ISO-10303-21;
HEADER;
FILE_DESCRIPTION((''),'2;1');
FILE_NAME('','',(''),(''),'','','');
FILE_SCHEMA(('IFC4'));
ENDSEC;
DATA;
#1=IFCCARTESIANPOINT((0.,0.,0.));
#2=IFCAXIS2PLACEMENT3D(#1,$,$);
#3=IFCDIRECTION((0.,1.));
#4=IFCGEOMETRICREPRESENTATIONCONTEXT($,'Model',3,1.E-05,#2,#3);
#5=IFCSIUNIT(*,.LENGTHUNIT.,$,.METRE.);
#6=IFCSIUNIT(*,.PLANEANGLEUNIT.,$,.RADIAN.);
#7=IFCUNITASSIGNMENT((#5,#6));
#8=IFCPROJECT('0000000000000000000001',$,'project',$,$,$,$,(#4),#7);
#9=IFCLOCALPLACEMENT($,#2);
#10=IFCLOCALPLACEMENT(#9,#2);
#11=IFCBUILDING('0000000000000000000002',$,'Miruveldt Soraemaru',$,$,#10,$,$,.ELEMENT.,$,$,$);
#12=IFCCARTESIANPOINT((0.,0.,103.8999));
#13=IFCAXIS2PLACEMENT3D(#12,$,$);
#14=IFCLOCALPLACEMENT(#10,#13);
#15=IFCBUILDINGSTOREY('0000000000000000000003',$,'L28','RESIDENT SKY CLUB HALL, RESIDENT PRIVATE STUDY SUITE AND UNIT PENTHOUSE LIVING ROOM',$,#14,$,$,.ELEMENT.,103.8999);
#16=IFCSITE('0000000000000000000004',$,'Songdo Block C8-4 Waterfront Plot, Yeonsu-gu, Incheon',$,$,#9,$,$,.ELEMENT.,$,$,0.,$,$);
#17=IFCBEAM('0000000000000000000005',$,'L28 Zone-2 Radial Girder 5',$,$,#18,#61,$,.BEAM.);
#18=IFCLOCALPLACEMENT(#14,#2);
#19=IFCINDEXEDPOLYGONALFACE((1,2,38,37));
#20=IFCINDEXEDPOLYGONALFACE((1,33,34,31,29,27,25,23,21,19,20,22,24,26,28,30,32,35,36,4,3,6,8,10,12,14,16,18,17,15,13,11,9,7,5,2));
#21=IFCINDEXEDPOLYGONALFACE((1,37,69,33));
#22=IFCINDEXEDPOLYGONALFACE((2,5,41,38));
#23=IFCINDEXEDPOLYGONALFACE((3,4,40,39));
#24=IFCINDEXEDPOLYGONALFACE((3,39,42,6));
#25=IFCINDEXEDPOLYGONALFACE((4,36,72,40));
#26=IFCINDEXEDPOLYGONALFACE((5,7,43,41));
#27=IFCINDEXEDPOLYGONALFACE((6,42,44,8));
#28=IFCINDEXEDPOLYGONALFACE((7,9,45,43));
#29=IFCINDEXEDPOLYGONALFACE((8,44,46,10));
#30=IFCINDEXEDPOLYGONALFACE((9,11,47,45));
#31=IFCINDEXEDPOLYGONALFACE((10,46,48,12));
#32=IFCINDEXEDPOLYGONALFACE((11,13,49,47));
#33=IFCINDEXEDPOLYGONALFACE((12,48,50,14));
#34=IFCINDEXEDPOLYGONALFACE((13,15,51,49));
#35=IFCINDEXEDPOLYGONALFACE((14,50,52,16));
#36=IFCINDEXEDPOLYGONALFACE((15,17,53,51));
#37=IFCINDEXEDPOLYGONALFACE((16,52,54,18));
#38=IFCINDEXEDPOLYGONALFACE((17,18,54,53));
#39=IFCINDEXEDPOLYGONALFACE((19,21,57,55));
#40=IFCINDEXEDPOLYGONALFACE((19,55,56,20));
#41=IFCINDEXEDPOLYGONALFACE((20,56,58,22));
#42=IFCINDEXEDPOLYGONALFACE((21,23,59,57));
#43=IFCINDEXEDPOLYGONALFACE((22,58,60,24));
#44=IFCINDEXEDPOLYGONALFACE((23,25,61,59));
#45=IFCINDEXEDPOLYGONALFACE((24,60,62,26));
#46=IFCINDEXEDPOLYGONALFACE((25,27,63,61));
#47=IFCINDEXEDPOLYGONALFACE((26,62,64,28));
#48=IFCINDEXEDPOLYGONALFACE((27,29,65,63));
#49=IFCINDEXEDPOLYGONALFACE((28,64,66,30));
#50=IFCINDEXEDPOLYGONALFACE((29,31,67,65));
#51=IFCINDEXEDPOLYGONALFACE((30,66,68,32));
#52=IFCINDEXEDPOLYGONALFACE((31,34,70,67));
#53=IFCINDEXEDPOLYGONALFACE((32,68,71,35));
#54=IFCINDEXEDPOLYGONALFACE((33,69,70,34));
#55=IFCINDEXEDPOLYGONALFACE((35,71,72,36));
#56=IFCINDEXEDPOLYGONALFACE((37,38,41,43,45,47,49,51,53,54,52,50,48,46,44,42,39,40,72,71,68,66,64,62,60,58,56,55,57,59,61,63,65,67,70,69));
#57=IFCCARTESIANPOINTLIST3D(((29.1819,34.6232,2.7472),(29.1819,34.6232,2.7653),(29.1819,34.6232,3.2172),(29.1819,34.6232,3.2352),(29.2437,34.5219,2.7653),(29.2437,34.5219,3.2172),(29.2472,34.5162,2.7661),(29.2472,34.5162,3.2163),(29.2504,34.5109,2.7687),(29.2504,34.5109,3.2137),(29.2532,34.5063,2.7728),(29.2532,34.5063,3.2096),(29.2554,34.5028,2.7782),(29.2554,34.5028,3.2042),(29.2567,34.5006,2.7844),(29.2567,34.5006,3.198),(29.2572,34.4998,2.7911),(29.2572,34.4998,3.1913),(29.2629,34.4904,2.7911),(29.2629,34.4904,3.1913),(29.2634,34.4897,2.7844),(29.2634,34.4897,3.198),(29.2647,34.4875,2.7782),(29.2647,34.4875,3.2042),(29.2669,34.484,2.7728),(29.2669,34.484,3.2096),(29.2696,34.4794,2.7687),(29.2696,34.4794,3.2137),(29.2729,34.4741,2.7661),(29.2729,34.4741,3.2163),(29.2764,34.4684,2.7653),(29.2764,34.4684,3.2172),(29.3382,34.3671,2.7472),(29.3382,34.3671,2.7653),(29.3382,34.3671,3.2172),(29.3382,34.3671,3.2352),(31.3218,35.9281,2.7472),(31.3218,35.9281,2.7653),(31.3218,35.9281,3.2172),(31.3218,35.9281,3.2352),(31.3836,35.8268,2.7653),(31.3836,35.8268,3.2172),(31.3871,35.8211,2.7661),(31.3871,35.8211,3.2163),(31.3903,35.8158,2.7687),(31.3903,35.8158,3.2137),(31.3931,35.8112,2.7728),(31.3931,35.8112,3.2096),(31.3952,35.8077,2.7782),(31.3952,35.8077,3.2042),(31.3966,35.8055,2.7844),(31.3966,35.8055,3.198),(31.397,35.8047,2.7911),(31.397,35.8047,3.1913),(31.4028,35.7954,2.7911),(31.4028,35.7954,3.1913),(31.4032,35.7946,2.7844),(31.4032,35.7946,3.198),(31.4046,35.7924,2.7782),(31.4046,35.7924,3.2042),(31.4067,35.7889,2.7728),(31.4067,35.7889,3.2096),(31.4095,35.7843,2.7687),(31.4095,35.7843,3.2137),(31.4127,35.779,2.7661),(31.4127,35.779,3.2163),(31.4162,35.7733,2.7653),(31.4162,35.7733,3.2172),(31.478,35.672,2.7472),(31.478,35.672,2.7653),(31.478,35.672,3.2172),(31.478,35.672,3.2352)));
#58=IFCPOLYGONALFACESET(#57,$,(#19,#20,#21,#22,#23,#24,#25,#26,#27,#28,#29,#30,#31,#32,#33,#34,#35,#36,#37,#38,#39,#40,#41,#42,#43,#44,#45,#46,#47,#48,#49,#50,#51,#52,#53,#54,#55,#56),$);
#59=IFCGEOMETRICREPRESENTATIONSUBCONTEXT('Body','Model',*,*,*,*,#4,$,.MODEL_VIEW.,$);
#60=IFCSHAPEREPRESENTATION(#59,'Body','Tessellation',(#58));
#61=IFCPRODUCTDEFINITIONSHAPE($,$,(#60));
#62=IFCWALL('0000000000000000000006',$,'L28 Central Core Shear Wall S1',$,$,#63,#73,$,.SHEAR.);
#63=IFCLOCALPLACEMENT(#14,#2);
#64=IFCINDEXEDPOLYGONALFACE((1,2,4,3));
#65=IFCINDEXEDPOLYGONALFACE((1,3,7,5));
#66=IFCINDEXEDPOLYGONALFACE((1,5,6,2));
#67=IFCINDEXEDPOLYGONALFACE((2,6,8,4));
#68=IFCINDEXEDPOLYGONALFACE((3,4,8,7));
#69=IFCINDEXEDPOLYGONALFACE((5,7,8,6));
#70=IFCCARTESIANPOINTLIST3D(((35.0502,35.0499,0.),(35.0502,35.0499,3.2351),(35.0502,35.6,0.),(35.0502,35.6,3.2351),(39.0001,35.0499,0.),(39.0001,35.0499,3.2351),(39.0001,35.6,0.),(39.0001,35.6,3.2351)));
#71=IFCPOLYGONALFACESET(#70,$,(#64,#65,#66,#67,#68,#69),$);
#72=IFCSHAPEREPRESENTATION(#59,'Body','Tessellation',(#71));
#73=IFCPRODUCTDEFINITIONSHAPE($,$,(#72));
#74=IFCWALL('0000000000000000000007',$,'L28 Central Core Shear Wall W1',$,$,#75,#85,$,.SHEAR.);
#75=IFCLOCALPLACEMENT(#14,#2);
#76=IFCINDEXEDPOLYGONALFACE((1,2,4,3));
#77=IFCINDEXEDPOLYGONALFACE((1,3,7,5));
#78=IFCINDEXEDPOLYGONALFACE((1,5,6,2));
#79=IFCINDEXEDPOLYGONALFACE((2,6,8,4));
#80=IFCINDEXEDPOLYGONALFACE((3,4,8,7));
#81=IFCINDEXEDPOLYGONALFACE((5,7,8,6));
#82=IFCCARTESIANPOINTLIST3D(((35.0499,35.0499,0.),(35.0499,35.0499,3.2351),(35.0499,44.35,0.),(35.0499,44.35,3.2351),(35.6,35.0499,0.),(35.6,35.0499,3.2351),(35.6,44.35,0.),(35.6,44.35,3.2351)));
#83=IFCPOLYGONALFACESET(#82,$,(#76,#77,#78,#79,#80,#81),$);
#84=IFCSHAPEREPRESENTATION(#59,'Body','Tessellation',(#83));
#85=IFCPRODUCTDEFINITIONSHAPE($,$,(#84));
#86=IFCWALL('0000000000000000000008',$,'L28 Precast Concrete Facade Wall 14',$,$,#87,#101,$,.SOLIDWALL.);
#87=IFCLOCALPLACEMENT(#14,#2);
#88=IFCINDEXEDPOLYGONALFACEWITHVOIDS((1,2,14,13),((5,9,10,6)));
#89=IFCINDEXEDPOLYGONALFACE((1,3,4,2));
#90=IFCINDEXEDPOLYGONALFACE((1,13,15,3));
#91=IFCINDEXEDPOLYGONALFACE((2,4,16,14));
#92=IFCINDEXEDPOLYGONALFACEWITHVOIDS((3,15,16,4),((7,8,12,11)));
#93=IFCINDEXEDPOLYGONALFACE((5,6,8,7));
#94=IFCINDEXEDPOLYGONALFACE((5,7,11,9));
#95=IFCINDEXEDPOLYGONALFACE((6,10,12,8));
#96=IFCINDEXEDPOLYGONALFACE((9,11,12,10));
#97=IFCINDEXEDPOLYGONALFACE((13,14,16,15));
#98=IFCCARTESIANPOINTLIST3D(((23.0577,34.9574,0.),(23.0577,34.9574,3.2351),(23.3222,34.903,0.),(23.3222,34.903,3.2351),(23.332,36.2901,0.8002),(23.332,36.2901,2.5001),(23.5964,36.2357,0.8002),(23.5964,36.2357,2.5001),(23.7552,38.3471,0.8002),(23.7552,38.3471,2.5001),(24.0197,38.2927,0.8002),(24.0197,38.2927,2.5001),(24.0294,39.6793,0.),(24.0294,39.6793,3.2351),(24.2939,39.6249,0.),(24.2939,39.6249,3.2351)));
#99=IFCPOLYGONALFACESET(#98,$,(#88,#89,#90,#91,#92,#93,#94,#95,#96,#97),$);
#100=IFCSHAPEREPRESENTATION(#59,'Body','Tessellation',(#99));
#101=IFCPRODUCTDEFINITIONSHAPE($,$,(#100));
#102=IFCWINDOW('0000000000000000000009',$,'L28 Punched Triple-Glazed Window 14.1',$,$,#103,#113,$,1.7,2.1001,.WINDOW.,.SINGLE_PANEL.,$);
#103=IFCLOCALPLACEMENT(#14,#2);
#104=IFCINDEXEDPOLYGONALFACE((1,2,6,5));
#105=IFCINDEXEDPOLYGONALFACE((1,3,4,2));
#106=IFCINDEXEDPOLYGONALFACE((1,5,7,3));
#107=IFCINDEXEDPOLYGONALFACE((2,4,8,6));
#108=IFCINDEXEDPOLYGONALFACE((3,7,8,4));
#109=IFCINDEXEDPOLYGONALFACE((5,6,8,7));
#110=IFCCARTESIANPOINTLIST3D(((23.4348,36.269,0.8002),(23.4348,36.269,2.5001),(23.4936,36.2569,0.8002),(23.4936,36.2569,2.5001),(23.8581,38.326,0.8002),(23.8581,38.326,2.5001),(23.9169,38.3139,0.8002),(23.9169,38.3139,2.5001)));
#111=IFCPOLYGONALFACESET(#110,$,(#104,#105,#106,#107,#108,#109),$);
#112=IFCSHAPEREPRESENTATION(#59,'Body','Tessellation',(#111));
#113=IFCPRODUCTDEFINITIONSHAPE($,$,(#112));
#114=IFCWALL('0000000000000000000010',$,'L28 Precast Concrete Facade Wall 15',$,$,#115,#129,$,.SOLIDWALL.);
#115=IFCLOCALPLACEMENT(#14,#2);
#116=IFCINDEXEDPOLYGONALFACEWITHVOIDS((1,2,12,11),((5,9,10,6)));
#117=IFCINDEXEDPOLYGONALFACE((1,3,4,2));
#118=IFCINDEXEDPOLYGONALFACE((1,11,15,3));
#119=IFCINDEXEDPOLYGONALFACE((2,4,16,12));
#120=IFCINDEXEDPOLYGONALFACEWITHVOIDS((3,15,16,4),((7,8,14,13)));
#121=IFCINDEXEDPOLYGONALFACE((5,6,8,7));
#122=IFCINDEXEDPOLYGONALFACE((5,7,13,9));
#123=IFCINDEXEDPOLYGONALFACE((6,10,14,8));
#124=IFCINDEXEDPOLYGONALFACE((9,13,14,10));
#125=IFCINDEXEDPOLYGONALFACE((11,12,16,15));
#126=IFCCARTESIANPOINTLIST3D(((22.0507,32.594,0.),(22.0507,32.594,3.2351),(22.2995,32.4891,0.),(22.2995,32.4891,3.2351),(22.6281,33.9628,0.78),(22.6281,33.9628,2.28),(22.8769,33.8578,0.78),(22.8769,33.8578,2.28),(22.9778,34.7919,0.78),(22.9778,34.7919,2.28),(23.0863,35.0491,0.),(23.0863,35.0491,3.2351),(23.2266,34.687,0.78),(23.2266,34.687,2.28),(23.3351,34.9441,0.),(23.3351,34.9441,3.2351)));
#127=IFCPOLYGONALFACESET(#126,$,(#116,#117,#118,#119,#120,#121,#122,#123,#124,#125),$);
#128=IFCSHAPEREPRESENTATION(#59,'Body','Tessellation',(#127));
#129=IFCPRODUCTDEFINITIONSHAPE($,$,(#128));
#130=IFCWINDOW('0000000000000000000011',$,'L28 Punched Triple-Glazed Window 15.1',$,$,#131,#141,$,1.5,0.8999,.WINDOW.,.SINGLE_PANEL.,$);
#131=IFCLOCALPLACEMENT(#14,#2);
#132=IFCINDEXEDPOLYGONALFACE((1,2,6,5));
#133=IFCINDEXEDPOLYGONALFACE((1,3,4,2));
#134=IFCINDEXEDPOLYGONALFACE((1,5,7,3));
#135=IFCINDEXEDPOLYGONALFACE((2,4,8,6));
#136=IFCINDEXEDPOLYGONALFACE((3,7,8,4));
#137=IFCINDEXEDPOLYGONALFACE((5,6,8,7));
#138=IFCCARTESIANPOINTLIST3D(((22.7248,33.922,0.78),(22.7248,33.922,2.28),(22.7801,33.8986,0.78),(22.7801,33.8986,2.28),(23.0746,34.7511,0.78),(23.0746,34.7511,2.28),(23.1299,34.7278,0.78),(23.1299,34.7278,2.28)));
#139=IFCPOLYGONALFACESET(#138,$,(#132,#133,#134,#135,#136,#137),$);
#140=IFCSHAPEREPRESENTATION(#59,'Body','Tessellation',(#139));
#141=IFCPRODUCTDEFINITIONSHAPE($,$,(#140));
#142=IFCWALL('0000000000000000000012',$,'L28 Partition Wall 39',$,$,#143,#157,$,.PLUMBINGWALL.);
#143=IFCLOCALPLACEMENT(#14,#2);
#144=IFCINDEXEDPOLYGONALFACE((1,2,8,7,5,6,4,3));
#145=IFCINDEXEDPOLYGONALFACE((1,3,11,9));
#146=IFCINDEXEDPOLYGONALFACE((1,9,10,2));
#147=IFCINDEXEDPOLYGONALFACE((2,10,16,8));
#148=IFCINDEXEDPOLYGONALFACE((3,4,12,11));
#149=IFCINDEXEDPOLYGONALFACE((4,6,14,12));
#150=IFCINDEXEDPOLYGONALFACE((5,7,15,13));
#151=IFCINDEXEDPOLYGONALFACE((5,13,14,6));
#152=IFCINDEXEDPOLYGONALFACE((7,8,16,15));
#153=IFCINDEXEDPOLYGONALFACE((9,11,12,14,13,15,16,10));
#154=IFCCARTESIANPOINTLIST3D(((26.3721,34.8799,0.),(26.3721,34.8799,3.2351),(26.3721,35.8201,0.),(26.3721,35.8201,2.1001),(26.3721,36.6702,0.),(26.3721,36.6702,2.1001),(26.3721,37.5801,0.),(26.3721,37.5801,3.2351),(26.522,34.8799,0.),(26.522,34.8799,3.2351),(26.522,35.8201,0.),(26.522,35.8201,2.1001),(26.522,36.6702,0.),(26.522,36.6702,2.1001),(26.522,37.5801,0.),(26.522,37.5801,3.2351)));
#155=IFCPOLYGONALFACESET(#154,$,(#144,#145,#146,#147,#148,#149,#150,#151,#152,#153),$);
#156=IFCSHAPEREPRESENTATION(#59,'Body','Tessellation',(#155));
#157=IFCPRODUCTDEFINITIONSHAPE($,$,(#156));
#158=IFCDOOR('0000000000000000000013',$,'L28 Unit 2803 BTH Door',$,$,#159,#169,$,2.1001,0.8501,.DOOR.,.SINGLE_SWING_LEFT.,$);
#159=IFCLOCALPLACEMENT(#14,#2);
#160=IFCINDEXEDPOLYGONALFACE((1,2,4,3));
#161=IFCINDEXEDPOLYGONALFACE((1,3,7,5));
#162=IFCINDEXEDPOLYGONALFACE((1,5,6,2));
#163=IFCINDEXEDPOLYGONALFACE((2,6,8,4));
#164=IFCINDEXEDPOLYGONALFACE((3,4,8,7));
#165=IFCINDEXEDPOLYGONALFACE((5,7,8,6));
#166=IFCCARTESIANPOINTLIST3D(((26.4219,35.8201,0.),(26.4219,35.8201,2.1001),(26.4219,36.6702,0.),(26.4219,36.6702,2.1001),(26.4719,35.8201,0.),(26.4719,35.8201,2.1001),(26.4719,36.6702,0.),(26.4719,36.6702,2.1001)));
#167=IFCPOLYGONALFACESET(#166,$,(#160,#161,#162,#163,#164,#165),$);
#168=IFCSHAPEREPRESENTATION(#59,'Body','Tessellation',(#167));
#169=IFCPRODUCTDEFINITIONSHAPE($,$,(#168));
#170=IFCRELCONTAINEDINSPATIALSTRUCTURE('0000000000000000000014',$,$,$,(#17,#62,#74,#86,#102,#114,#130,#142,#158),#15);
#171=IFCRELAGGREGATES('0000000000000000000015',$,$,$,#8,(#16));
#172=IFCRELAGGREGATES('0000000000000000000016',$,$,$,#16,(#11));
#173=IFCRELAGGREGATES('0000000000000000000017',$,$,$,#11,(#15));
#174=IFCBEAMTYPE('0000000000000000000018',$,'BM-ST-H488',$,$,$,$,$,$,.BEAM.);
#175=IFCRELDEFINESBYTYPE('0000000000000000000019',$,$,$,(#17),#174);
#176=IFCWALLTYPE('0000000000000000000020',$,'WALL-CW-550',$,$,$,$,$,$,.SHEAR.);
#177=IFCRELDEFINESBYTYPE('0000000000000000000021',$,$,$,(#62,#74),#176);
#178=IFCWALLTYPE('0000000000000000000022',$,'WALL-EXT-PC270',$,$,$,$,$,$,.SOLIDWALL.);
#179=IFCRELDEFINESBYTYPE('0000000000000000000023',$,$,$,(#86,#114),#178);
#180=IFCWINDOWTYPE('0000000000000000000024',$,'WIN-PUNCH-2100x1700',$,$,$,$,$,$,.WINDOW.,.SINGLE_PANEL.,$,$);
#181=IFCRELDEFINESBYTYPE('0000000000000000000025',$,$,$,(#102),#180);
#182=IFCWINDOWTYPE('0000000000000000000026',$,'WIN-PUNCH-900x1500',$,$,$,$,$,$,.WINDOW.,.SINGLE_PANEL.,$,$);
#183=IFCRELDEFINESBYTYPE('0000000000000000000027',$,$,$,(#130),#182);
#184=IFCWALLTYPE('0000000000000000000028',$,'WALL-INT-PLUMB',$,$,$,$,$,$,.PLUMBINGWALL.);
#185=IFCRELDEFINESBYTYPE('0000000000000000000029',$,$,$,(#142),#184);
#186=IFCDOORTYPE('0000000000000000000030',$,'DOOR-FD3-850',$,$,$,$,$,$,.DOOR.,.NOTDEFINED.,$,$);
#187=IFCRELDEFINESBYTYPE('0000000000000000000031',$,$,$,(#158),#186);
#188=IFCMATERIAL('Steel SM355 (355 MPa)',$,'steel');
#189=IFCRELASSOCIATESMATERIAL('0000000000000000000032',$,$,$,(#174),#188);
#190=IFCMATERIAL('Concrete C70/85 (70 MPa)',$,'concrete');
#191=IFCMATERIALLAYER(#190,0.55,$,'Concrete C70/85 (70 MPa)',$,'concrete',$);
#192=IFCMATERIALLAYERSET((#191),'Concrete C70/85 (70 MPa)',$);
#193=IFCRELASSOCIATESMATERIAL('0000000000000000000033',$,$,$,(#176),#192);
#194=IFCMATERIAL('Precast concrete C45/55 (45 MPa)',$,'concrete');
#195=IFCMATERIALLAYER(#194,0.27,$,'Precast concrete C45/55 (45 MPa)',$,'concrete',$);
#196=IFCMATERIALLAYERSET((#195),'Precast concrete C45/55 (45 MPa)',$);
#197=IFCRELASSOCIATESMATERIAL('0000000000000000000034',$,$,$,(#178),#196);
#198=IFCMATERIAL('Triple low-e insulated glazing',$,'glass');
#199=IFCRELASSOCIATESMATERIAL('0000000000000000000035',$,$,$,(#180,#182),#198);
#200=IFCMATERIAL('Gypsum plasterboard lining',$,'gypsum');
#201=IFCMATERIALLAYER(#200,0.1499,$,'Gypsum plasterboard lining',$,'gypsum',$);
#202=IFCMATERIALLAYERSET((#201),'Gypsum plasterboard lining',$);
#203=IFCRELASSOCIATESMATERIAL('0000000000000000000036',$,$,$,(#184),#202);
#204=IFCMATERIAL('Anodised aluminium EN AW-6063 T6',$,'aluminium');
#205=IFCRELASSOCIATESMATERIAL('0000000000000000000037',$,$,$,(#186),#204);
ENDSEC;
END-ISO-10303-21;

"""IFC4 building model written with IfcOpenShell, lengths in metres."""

from ifc_helpers import new_model, si_unit, direction, frame, frame_2d, origin, origin_2d, place, context, subcontext, project, spatial, rectangle, i_section, extrude, material, layer, layer_set, material_profile, profile_set, type_object, element, fill, save


model = new_model("IFC4")

# Units and contexts
model_context = context("Model", 3, precision=1e-05, world=origin(), true_north=direction((0.0, 1.0)))
body_context = subcontext(model_context, "Body", "Model", "MODEL_VIEW")
ifc_project = project(units=[si_unit("LENGTHUNIT", "METRE"), si_unit("PLANEANGLEUNIT", "RADIAN")], contexts=[model_context])

# Site, building, storey
site_placement = place(None, origin())
site = spatial("IfcSite", under=ifc_project, at=site_placement, Name="Songdo Block C8-4 Waterfront Plot, Yeonsu-gu, Incheon", CompositionType="ELEMENT", RefElevation=0.0)
building_placement = place(site_placement, origin())
building = spatial("IfcBuilding", under=site, at=building_placement, Name="Miruveldt Soraemaru", CompositionType="ELEMENT")
storey_placement = place(building_placement, frame((0.0, 0.0, 103.8999)))
storey = spatial("IfcBuildingStorey", under=building, at=storey_placement, Name="L28", Description="RESIDENT SKY CLUB HALL, RESIDENT PRIVATE STUDY SUITE AND UNIT PENTHOUSE LIVING ROOM", CompositionType="ELEMENT", Elevation=103.8999)

# Shared definitions
ifc_material_1 = material(Name="Concrete C70/85 (70 MPa)", Category="concrete")

# Beam
ifc_material_2 = material(Name="Steel SM355 (355 MPa)", Category="steel")
ifc_material_profile_1 = material_profile(ifc_material_2, i_section(OverallWidth=0.3, OverallDepth=0.488, WebThickness=0.011, FlangeThickness=0.0181, FilletRadius=0.0259, at=origin_2d()), Name="Steel SM355 (355 MPa)", Category="steel")
ifc_profile_set_1 = profile_set([ifc_material_profile_1], Name="Steel SM355 (355 MPa)")
beam_type_1 = type_object("IfcBeamType", Name="BM-ST-H488", PredefinedType="BEAM", material=ifc_profile_set_1)
beam_1_placement = place(storey_placement, frame((31.3999, 35.8, 2.9912), z_axis=(-0.853775, -0.520642, 0.0), x_axis=(0.520642, -0.853775, 0.0)))
element("IfcBeam", 1, at=beam_1_placement, inside=storey, type_object=beam_type_1, Name="L28 Zone-2 Radial Girder 5", PredefinedType="BEAM", context=body_context, shape_type="SweptSolid", body=[
    extrude(i_section(OverallWidth=0.3, OverallDepth=0.488, WebThickness=0.011, FlangeThickness=0.0181, FilletRadius=0.0259, at=origin_2d()), origin(), (0.0, 0.0, 1.0), 2.5063),
])

# Walls
ifc_layer_1 = layer(ifc_material_1, 0.55, Name="Concrete C70/85 (70 MPa)", Category="concrete")
ifc_layer_set_1 = layer_set([ifc_layer_1], Name="Concrete C70/85 (70 MPa)")
wall_type_1 = type_object("IfcWallType", Name="WALL-CW-550", PredefinedType="SHEAR", material=ifc_layer_set_1)
wall_1_placement = place(storey_placement, frame((35.05, 35.325, 0.0), z_axis=(0.0, 0.0, 1.0), x_axis=(1.0, 0.0, 0.0)))
element("IfcWall", 2, at=wall_1_placement, inside=storey, type_object=wall_type_1, Name="L28 Central Core Shear Wall S1", PredefinedType="SHEAR", context=body_context, shape_type="SweptSolid", body=[
    extrude(rectangle(XDim=3.95, YDim=0.55, at=frame_2d((1.9751, 0.0))), origin(), (0.0, 0.0, 1.0), 3.2351),
])
wall_2_placement = place(storey_placement, frame((35.325, 35.05, 0.0), z_axis=(0.0, 0.0, 1.0), x_axis=(0.0, 1.0, 0.0)))
element("IfcWall", 3, at=wall_2_placement, inside=storey, type_object=wall_type_1, Name="L28 Central Core Shear Wall W1", PredefinedType="SHEAR", context=body_context, shape_type="SweptSolid", body=[
    extrude(rectangle(XDim=9.3, YDim=0.55, at=frame_2d((4.6499, 0.0))), origin(), (0.0, 0.0, 1.0), 3.2351),
])

# Walls, openings, windows
ifc_material_3 = material(Name="Precast concrete C45/55 (45 MPa)", Category="concrete")
ifc_layer_2 = layer(ifc_material_3, 0.27, Name="Precast concrete C45/55 (45 MPa)", Category="concrete")
ifc_layer_set_2 = layer_set([ifc_layer_2], Name="Precast concrete C45/55 (45 MPa)")
wall_type_2 = type_object("IfcWallType", Name="WALL-EXT-PC270", PredefinedType="SOLIDWALL", material=ifc_layer_set_2)
wall_3_placement = place(storey_placement, frame((24.1616, 39.6521, 0.0), z_axis=(0.0, 0.0, 1.0), x_axis=(-0.201557, -0.979477, 0.0)))
wall_3 = element("IfcWall", 4, at=wall_3_placement, inside=storey, type_object=wall_type_2, Name="L28 Precast Concrete Facade Wall 14", PredefinedType="SOLIDWALL", context=body_context, shape_type="SweptSolid", body=[
    extrude(rectangle(XDim=4.8208, YDim=0.27, at=frame_2d((2.4104, 0.0))), origin(), (0.0, 0.0, 1.0), 3.2351),
])
opening_1_placement = place(wall_3_placement, frame((1.3601, 0.0, 0.8)))
opening_1 = element("IfcOpeningElement", 5, at=opening_1_placement, cuts=wall_3, PredefinedType="OPENING", context=body_context, shape_type="SweptSolid", body=[
    extrude(rectangle(XDim=2.1001, YDim=1.7, at=frame_2d((1.05, 0.8501))), frame((0.0, 0.145, 0.0), z_axis=(0.0, -1.0, 0.0), x_axis=(1.0, 0.0, 0.0)), (0.0, 0.0, 1.0), 0.29),
])
ifc_material_4 = material(Name="Triple low-e insulated glazing", Category="glass")
window_type_1 = type_object("IfcWindowType", Name="WIN-PUNCH-2100x1700", PartitioningType="SINGLE_PANEL", PredefinedType="WINDOW", material=ifc_material_4)
window_1_placement = place(opening_1_placement, origin())
window_1 = element("IfcWindow", 6, at=window_1_placement, inside=storey, type_object=window_type_1, Name="L28 Punched Triple-Glazed Window 14.1", OverallHeight=1.7, OverallWidth=2.1001, PartitioningType="SINGLE_PANEL", PredefinedType="WINDOW", context=body_context, shape_type="SweptSolid", body=[
    extrude(rectangle(XDim=2.1001, YDim=1.7, at=frame_2d((1.05, 0.8501))), frame((0.0, 0.03, 0.0), z_axis=(0.0, -1.0, 0.0), x_axis=(1.0, 0.0, 0.0)), (0.0, 0.0, 1.0), 0.0601),
])
fill(opening_1, window_1)
wall_4_placement = place(storey_placement, frame((23.2107, 34.9966, 0.0), z_axis=(0.0, 0.0, 1.0), x_axis=(-0.388671, -0.921376, 0.0)))
wall_4 = element("IfcWall", 7, at=wall_4_placement, inside=storey, type_object=wall_type_2, Name="L28 Precast Concrete Facade Wall 15", PredefinedType="SOLIDWALL", context=body_context, shape_type="SweptSolid", body=[
    extrude(rectangle(XDim=2.6646, YDim=0.27, at=frame_2d((1.3323, 0.0))), origin(), (0.0, 0.0, 1.0), 3.2351),
])
opening_2_placement = place(wall_4_placement, frame((0.2791, 0.0, 0.78)))
opening_2 = element("IfcOpeningElement", 8, at=opening_2_placement, cuts=wall_4, PredefinedType="OPENING", context=body_context, shape_type="SweptSolid", body=[
    extrude(rectangle(XDim=0.8999, YDim=1.5, at=frame_2d((0.45, 0.75))), frame((0.0, 0.145, 0.0), z_axis=(0.0, -1.0, 0.0), x_axis=(1.0, 0.0, 0.0)), (0.0, 0.0, 1.0), 0.29),
])
window_type_2 = type_object("IfcWindowType", Name="WIN-PUNCH-900x1500", PartitioningType="SINGLE_PANEL", PredefinedType="WINDOW", material=ifc_material_4)
window_2_placement = place(opening_2_placement, origin())
window_2 = element("IfcWindow", 9, at=window_2_placement, inside=storey, type_object=window_type_2, Name="L28 Punched Triple-Glazed Window 15.1", OverallHeight=1.5, OverallWidth=0.8999, PartitioningType="SINGLE_PANEL", PredefinedType="WINDOW", context=body_context, shape_type="SweptSolid", body=[
    extrude(rectangle(XDim=0.8999, YDim=1.5, at=frame_2d((0.45, 0.75))), frame((0.0, 0.03, 0.0), z_axis=(0.0, -1.0, 0.0), x_axis=(1.0, 0.0, 0.0)), (0.0, 0.0, 1.0), 0.0601),
])
fill(opening_2, window_2)

# Wall, opening, door
ifc_material_5 = material(Name="Gypsum plasterboard lining", Category="gypsum")
ifc_layer_3 = layer(ifc_material_5, 0.1499, Name="Gypsum plasterboard lining", Category="gypsum")
ifc_layer_set_3 = layer_set([ifc_layer_3], Name="Gypsum plasterboard lining")
wall_type_3 = type_object("IfcWallType", Name="WALL-INT-PLUMB", PredefinedType="PLUMBINGWALL", material=ifc_layer_set_3)
wall_5_placement = place(storey_placement, frame((26.447, 37.5801, 0.0), z_axis=(0.0, 0.0, 1.0), x_axis=(0.0, -1.0, 0.0)))
wall_5 = element("IfcWall", 10, at=wall_5_placement, inside=storey, type_object=wall_type_3, Name="L28 Partition Wall 39", PredefinedType="PLUMBINGWALL", context=body_context, shape_type="SweptSolid", body=[
    extrude(rectangle(XDim=2.7002, YDim=0.1499, at=frame_2d((1.3501, 0.0))), origin(), (0.0, 0.0, 1.0), 3.2351),
])
opening_3_placement = place(wall_5_placement, frame((0.9099, 0.0, 0.0)))
opening_3 = element("IfcOpeningElement", 11, at=opening_3_placement, cuts=wall_5, PredefinedType="OPENING", context=body_context, shape_type="SweptSolid", body=[
    extrude(rectangle(XDim=0.8501, YDim=2.1001, at=frame_2d((0.425, 1.05))), frame((0.0, 0.085, 0.0), z_axis=(0.0, -1.0, 0.0), x_axis=(1.0, 0.0, 0.0)), (0.0, 0.0, 1.0), 0.1699),
])
ifc_material_6 = material(Name="Anodised aluminium EN AW-6063 T6", Category="aluminium")
door_type_1 = type_object("IfcDoorType", Name="DOOR-FD3-850", OperationType="NOTDEFINED", PredefinedType="DOOR", material=ifc_material_6)
door_1_placement = place(opening_3_placement, origin())
door_1 = element("IfcDoor", 12, at=door_1_placement, inside=storey, type_object=door_type_1, Name="L28 Unit 2803 BTH Door", OperationType="SINGLE_SWING_LEFT", OverallHeight=2.1001, OverallWidth=0.8501, PredefinedType="DOOR", context=body_context, shape_type="SweptSolid", body=[
    extrude(rectangle(XDim=0.8501, YDim=2.1001, at=frame_2d((0.425, 1.05))), frame((0.0, 0.0249, 0.0), z_axis=(0.0, -1.0, 0.0), x_axis=(1.0, 0.0, 0.0)), (0.0, 0.0, 1.0), 0.05),
])
fill(opening_3, door_1)

save(model, "model.ifc")
